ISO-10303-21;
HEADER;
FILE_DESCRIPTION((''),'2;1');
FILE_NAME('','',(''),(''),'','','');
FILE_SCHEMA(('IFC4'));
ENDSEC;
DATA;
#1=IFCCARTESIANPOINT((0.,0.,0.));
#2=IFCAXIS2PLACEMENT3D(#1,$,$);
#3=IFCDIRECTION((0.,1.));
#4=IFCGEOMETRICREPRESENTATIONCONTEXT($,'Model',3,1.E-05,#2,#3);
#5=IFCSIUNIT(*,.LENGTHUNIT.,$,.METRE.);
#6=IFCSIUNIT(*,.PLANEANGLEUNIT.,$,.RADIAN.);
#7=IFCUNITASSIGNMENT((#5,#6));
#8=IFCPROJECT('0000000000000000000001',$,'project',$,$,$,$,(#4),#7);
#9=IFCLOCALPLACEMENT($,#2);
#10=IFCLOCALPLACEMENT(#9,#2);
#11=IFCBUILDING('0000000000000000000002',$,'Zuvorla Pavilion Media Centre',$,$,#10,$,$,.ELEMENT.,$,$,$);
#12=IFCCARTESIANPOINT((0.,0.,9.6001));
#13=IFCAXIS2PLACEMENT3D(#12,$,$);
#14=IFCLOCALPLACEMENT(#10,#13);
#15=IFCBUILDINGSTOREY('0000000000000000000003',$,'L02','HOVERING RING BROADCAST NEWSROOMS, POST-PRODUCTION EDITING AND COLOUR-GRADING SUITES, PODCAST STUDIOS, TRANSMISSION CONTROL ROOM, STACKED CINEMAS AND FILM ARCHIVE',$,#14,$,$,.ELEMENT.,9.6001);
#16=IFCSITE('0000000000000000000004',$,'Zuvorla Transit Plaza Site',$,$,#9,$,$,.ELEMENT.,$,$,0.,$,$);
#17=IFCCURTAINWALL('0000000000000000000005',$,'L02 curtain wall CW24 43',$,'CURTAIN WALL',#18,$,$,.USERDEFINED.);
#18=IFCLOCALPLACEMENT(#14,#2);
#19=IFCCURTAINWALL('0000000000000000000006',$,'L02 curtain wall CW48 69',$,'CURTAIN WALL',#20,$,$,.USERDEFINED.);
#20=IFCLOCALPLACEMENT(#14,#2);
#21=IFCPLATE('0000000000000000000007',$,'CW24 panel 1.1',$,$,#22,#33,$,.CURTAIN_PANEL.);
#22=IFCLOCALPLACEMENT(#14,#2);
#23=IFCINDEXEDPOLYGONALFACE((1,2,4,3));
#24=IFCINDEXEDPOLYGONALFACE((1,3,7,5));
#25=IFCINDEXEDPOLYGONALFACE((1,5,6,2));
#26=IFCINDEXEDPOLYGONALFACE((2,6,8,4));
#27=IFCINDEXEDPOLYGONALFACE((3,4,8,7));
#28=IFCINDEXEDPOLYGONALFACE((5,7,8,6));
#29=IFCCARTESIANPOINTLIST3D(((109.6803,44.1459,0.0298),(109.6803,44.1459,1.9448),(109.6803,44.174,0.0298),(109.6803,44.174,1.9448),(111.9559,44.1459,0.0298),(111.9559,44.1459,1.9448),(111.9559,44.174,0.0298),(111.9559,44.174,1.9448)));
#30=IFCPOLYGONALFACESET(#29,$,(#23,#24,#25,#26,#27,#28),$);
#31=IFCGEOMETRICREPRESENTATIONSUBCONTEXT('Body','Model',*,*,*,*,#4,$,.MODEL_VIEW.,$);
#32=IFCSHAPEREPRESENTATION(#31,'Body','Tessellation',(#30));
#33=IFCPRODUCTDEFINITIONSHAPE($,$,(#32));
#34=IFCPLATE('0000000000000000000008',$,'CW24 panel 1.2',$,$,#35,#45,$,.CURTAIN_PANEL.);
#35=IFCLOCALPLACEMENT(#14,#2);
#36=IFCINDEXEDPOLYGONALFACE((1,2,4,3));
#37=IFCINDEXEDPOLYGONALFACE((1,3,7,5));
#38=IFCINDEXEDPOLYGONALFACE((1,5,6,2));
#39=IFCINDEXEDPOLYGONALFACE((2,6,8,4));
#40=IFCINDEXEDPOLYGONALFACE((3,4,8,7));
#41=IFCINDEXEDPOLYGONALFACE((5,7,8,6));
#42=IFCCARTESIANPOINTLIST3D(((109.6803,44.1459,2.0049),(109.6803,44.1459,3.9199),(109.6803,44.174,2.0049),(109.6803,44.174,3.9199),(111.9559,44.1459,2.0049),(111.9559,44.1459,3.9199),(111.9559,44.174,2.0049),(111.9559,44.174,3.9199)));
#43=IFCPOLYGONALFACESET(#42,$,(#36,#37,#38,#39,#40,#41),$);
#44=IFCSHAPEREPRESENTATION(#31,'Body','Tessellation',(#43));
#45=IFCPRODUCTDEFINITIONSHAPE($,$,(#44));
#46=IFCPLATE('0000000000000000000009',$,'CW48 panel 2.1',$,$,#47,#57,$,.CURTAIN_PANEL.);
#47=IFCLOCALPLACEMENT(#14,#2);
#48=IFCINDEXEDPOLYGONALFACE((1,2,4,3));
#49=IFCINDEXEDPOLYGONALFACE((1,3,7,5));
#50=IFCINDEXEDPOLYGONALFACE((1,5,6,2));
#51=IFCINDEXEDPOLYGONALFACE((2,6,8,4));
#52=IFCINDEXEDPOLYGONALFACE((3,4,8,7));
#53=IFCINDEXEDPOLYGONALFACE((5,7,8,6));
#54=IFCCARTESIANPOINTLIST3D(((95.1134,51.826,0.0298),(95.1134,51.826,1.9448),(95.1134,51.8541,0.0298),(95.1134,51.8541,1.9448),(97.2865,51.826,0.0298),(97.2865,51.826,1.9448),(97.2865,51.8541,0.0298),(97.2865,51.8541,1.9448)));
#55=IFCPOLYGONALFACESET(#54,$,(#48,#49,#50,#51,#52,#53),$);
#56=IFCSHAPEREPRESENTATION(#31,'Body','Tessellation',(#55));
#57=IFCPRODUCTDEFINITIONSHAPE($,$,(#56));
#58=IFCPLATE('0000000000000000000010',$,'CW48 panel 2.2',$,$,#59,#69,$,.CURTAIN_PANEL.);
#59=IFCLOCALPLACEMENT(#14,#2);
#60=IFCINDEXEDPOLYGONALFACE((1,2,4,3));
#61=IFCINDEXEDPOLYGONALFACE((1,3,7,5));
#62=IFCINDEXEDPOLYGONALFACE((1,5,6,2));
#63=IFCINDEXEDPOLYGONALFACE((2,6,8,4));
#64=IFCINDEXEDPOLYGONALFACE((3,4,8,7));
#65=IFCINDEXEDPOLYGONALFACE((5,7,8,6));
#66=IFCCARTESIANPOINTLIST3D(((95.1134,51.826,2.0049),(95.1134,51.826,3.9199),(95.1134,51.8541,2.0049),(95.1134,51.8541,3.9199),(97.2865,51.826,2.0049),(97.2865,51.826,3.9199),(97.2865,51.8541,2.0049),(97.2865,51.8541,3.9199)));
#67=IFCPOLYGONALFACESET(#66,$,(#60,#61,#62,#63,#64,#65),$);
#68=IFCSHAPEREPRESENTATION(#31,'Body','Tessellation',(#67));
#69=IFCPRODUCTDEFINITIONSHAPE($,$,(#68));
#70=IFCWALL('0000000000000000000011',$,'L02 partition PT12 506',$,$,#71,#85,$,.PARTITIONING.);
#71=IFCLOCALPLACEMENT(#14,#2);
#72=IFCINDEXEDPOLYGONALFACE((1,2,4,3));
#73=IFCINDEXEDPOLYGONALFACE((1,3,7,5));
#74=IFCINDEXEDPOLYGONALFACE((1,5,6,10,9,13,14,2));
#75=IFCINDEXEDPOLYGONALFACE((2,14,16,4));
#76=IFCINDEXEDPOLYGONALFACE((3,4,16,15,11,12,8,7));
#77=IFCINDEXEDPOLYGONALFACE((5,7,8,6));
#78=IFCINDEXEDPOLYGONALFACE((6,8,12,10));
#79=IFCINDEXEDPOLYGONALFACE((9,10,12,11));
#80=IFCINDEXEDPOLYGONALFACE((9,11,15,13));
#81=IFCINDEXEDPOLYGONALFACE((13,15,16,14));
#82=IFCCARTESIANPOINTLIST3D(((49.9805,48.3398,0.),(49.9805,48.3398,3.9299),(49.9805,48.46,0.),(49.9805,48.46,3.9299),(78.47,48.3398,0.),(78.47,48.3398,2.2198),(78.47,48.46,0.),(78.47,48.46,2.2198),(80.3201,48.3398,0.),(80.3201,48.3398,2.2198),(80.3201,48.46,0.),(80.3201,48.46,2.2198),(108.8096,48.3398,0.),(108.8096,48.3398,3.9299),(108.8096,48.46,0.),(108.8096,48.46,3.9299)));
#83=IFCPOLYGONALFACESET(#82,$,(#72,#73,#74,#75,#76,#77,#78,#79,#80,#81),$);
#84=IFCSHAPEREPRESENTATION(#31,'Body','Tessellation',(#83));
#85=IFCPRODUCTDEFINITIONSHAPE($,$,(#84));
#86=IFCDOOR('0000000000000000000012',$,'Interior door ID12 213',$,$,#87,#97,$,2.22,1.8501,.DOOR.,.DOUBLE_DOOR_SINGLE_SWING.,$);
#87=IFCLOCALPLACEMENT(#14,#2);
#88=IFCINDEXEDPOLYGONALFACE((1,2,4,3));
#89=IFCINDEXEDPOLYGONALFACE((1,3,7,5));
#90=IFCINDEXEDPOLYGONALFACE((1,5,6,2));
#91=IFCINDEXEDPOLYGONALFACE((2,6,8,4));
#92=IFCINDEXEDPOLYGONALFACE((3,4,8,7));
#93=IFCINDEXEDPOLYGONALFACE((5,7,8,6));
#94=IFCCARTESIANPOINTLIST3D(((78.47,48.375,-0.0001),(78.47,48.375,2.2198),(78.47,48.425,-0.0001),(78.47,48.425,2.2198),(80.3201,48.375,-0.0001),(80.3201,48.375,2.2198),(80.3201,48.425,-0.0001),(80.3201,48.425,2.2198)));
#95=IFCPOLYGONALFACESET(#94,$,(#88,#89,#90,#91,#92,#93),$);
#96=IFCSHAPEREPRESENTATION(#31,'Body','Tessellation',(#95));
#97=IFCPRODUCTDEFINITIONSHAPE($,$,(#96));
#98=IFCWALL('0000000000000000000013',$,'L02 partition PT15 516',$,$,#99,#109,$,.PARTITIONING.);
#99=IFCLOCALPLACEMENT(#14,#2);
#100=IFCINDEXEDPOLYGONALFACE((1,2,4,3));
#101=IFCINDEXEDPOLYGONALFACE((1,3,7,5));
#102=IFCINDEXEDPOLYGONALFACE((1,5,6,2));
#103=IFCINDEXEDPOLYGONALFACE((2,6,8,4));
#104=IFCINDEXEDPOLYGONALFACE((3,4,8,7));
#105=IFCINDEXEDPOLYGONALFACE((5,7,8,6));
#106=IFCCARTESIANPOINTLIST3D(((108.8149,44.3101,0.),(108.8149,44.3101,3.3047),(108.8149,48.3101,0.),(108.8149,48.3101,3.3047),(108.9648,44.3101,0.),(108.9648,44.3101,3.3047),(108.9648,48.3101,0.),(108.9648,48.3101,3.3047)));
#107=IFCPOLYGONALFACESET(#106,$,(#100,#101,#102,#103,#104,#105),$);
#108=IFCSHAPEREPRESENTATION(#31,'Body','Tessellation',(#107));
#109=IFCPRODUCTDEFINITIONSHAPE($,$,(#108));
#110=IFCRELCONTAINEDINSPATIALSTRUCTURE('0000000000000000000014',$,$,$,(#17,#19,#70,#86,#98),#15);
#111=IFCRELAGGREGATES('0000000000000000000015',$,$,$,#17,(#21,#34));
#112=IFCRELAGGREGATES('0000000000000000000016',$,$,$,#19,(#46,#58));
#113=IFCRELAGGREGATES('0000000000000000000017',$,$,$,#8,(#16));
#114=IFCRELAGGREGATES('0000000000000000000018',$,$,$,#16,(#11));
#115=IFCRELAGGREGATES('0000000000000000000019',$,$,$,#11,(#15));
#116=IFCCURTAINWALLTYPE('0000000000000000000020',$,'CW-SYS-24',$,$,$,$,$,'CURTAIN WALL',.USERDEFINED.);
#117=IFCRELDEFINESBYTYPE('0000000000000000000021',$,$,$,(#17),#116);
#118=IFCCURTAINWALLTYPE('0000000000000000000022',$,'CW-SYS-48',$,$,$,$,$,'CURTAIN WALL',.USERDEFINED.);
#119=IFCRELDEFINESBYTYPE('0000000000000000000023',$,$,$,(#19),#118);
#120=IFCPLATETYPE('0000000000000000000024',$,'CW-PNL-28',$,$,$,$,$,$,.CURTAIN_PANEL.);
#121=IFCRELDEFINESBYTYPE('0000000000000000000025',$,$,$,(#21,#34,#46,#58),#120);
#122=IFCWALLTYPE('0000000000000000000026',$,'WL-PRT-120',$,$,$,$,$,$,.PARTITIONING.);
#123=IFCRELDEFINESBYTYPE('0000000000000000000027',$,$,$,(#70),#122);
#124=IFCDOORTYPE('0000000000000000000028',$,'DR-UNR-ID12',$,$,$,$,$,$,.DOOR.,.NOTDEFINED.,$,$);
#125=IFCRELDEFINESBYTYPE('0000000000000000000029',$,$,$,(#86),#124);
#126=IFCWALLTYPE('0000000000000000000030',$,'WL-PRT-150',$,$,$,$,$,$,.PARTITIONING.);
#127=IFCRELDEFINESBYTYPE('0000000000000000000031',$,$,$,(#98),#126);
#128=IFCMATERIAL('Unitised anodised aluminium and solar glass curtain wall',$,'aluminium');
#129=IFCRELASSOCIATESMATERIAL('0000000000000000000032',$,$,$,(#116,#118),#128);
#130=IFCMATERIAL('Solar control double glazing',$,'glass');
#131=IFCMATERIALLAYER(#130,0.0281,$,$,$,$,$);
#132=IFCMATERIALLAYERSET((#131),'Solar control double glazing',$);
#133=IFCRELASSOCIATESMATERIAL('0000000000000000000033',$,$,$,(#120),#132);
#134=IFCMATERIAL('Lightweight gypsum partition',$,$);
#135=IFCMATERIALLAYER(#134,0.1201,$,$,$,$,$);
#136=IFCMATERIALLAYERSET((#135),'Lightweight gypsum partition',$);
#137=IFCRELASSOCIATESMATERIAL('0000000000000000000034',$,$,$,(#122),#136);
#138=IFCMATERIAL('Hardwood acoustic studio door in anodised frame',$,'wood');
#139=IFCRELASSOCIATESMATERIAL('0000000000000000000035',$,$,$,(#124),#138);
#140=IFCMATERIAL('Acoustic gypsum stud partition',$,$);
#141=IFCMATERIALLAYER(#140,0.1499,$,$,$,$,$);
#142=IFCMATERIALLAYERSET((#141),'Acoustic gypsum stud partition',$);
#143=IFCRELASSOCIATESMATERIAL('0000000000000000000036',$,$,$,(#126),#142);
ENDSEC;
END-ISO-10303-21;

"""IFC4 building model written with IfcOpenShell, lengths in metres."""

from ifc_helpers import new_model, si_unit, direction, frame, frame_2d, origin, origin_2d, place, context, subcontext, project, spatial, rectangle, extrude, material, layer, layer_set, type_object, element, fill, aggregate, save


model = new_model("IFC4")

# Units and contexts
model_context = context("Model", 3, precision=1e-05, world=origin(), true_north=direction((0.0, 1.0)))
body_context = subcontext(model_context, "Body", "Model", "MODEL_VIEW")
ifc_project = project(units=[si_unit("LENGTHUNIT", "METRE"), si_unit("PLANEANGLEUNIT", "RADIAN")], contexts=[model_context])

# Site, building, storey
site_placement = place(None, origin())
site = spatial("IfcSite", under=ifc_project, at=site_placement, Name="Zuvorla Transit Plaza Site", CompositionType="ELEMENT", RefElevation=0.0)
building_placement = place(site_placement, origin())
building = spatial("IfcBuilding", under=site, at=building_placement, Name="Zuvorla Pavilion Media Centre", CompositionType="ELEMENT")
storey_placement = place(building_placement, frame((0.0, 0.0, 9.6001)))
storey = spatial("IfcBuildingStorey", under=building, at=storey_placement, Name="L02", Description="HOVERING RING BROADCAST NEWSROOMS, POST-PRODUCTION EDITING AND COLOUR-GRADING SUITES, PODCAST STUDIOS, TRANSMISSION CONTROL ROOM, STACKED CINEMAS AND FILM ARCHIVE", CompositionType="ELEMENT", Elevation=9.6001)

# Curtain walls
ifc_material_1 = material(Name="Unitised anodised aluminium and solar glass curtain wall", Category="aluminium")
curtain_wall_type_1 = type_object("IfcCurtainWallType", Name="CW-SYS-24", ElementType="CURTAIN WALL", PredefinedType="USERDEFINED", material=ifc_material_1)
curtain_wall_1_placement = place(storey_placement, origin())
curtain_wall_1 = element("IfcCurtainWall", 1, at=curtain_wall_1_placement, inside=storey, type_object=curtain_wall_type_1, Name="L02 curtain wall CW24 43", ObjectType="CURTAIN WALL", PredefinedType="USERDEFINED")
curtain_wall_type_2 = type_object("IfcCurtainWallType", Name="CW-SYS-48", ElementType="CURTAIN WALL", PredefinedType="USERDEFINED", material=ifc_material_1)
curtain_wall_2_placement = place(storey_placement, origin())
curtain_wall_2 = element("IfcCurtainWall", 2, at=curtain_wall_2_placement, inside=storey, type_object=curtain_wall_type_2, Name="L02 curtain wall CW48 69", ObjectType="CURTAIN WALL", PredefinedType="USERDEFINED")

# Plates
ifc_material_2 = material(Name="Solar control double glazing", Category="glass")
ifc_layer_1 = layer(ifc_material_2, 0.0281)
ifc_layer_set_1 = layer_set([ifc_layer_1], Name="Solar control double glazing")
plate_type = type_object("IfcPlateType", Name="CW-PNL-28", PredefinedType="CURTAIN_PANEL", material=ifc_layer_set_1)
plate_1_placement = place(storey_placement, frame((110.8181, 44.1599, 0.0298), z_axis=(0.0, 0.0, 1.0), x_axis=(1.0, 0.0, 0.0)))
plate_1 = element("IfcPlate", 3, at=plate_1_placement, type_object=plate_type, Name="CW24 panel 1.1", PredefinedType="CURTAIN_PANEL", context=body_context, shape_type="SweptSolid", body=[
    extrude(rectangle(XDim=2.2756, YDim=0.0281, at=origin_2d()), origin(), (0.0, 0.0, 1.0), 1.915),
])
plate_2_placement = place(storey_placement, frame((110.8181, 44.1599, 2.0049), z_axis=(0.0, 0.0, 1.0), x_axis=(1.0, 0.0, 0.0)))
plate_2 = element("IfcPlate", 4, at=plate_2_placement, type_object=plate_type, Name="CW24 panel 1.2", PredefinedType="CURTAIN_PANEL", context=body_context, shape_type="SweptSolid", body=[
    extrude(rectangle(XDim=2.2756, YDim=0.0281, at=origin_2d()), origin(), (0.0, 0.0, 1.0), 1.915),
])
aggregate(curtain_wall_1, [plate_1, plate_2])
plate_3_placement = place(storey_placement, frame((96.2, 51.8401, 0.0298), z_axis=(0.0, 0.0, 1.0), x_axis=(1.0, 0.0, 0.0)))
plate_3 = element("IfcPlate", 5, at=plate_3_placement, type_object=plate_type, Name="CW48 panel 2.1", PredefinedType="CURTAIN_PANEL", context=body_context, shape_type="SweptSolid", body=[
    extrude(rectangle(XDim=2.1731, YDim=0.0281, at=origin_2d()), origin(), (0.0, 0.0, 1.0), 1.915),
])
plate_4_placement = place(storey_placement, frame((96.2, 51.8401, 2.0049), z_axis=(0.0, 0.0, 1.0), x_axis=(1.0, 0.0, 0.0)))
plate_4 = element("IfcPlate", 6, at=plate_4_placement, type_object=plate_type, Name="CW48 panel 2.2", PredefinedType="CURTAIN_PANEL", context=body_context, shape_type="SweptSolid", body=[
    extrude(rectangle(XDim=2.1731, YDim=0.0281, at=origin_2d()), origin(), (0.0, 0.0, 1.0), 1.915),
])
aggregate(curtain_wall_2, [plate_3, plate_4])

# Wall, opening, door
ifc_material_3 = material(Name="Lightweight gypsum partition")
ifc_layer_2 = layer(ifc_material_3, 0.1201)
ifc_layer_set_2 = layer_set([ifc_layer_2], Name="Lightweight gypsum partition")
wall_type_1 = type_object("IfcWallType", Name="WL-PRT-120", PredefinedType="PARTITIONING", material=ifc_layer_set_2)
wall_1_placement = place(storey_placement, frame((108.8096, 48.3999, 0.0), z_axis=(0.0, 0.0, 1.0), x_axis=(-1.0, 0.0, 0.0)))
wall_1 = element("IfcWall", 7, at=wall_1_placement, inside=storey, type_object=wall_type_1, Name="L02 partition PT12 506", PredefinedType="PARTITIONING", context=body_context, shape_type="SweptSolid", body=[
    extrude(rectangle(XDim=58.8291, YDim=0.1201, at=frame_2d((29.4146, 0.0))), origin(), (0.0, 0.0, 1.0), 3.9299),
])
opening_placement = place(wall_1_placement, frame((28.4895, 0.0, 0.0)))
opening = element("IfcOpeningElement", 8, at=opening_placement, cuts=wall_1, PredefinedType="OPENING", context=body_context, shape_type="SweptSolid", body=[
    extrude(rectangle(XDim=1.8501, YDim=2.22, at=frame_2d((0.925, 1.1099))), frame((0.0, 0.0701, 0.0), z_axis=(0.0, -1.0, 0.0), x_axis=(1.0, 0.0, 0.0)), (0.0, 0.0, 1.0), 0.1401),
])
ifc_material_4 = material(Name="Hardwood acoustic studio door in anodised frame", Category="wood")
door_type = type_object("IfcDoorType", Name="DR-UNR-ID12", OperationType="NOTDEFINED", PredefinedType="DOOR", material=ifc_material_4)
door_placement = place(opening_placement, origin())
door = element("IfcDoor", 9, at=door_placement, inside=storey, type_object=door_type, Name="Interior door ID12 213", OperationType="DOUBLE_DOOR_SINGLE_SWING", OverallHeight=2.22, OverallWidth=1.8501, PredefinedType="DOOR", context=body_context, shape_type="SweptSolid", body=[
    extrude(rectangle(XDim=1.8501, YDim=2.22, at=frame_2d((0.925, 1.1099))), frame((0.0, 0.0249, 0.0), z_axis=(0.0, -1.0, 0.0), x_axis=(1.0, 0.0, 0.0)), (0.0, 0.0, 1.0), 0.05),
])
fill(opening, door)

# Wall
ifc_material_5 = material(Name="Acoustic gypsum stud partition")
ifc_layer_3 = layer(ifc_material_5, 0.1499)
ifc_layer_set_3 = layer_set([ifc_layer_3], Name="Acoustic gypsum stud partition")
wall_type_2 = type_object("IfcWallType", Name="WL-PRT-150", PredefinedType="PARTITIONING", material=ifc_layer_set_3)
wall_2_placement = place(storey_placement, frame((108.8899, 44.3101, 0.0), z_axis=(0.0, 0.0, 1.0), x_axis=(0.0, 1.0, 0.0)))
element("IfcWall", 10, at=wall_2_placement, inside=storey, type_object=wall_type_2, Name="L02 partition PT15 516", PredefinedType="PARTITIONING", context=body_context, shape_type="SweptSolid", body=[
    extrude(rectangle(XDim=4.0, YDim=0.1499, at=frame_2d((2.0, 0.0))), origin(), (0.0, 0.0, 1.0), 3.3047),
])

save(model, "model.ifc")
